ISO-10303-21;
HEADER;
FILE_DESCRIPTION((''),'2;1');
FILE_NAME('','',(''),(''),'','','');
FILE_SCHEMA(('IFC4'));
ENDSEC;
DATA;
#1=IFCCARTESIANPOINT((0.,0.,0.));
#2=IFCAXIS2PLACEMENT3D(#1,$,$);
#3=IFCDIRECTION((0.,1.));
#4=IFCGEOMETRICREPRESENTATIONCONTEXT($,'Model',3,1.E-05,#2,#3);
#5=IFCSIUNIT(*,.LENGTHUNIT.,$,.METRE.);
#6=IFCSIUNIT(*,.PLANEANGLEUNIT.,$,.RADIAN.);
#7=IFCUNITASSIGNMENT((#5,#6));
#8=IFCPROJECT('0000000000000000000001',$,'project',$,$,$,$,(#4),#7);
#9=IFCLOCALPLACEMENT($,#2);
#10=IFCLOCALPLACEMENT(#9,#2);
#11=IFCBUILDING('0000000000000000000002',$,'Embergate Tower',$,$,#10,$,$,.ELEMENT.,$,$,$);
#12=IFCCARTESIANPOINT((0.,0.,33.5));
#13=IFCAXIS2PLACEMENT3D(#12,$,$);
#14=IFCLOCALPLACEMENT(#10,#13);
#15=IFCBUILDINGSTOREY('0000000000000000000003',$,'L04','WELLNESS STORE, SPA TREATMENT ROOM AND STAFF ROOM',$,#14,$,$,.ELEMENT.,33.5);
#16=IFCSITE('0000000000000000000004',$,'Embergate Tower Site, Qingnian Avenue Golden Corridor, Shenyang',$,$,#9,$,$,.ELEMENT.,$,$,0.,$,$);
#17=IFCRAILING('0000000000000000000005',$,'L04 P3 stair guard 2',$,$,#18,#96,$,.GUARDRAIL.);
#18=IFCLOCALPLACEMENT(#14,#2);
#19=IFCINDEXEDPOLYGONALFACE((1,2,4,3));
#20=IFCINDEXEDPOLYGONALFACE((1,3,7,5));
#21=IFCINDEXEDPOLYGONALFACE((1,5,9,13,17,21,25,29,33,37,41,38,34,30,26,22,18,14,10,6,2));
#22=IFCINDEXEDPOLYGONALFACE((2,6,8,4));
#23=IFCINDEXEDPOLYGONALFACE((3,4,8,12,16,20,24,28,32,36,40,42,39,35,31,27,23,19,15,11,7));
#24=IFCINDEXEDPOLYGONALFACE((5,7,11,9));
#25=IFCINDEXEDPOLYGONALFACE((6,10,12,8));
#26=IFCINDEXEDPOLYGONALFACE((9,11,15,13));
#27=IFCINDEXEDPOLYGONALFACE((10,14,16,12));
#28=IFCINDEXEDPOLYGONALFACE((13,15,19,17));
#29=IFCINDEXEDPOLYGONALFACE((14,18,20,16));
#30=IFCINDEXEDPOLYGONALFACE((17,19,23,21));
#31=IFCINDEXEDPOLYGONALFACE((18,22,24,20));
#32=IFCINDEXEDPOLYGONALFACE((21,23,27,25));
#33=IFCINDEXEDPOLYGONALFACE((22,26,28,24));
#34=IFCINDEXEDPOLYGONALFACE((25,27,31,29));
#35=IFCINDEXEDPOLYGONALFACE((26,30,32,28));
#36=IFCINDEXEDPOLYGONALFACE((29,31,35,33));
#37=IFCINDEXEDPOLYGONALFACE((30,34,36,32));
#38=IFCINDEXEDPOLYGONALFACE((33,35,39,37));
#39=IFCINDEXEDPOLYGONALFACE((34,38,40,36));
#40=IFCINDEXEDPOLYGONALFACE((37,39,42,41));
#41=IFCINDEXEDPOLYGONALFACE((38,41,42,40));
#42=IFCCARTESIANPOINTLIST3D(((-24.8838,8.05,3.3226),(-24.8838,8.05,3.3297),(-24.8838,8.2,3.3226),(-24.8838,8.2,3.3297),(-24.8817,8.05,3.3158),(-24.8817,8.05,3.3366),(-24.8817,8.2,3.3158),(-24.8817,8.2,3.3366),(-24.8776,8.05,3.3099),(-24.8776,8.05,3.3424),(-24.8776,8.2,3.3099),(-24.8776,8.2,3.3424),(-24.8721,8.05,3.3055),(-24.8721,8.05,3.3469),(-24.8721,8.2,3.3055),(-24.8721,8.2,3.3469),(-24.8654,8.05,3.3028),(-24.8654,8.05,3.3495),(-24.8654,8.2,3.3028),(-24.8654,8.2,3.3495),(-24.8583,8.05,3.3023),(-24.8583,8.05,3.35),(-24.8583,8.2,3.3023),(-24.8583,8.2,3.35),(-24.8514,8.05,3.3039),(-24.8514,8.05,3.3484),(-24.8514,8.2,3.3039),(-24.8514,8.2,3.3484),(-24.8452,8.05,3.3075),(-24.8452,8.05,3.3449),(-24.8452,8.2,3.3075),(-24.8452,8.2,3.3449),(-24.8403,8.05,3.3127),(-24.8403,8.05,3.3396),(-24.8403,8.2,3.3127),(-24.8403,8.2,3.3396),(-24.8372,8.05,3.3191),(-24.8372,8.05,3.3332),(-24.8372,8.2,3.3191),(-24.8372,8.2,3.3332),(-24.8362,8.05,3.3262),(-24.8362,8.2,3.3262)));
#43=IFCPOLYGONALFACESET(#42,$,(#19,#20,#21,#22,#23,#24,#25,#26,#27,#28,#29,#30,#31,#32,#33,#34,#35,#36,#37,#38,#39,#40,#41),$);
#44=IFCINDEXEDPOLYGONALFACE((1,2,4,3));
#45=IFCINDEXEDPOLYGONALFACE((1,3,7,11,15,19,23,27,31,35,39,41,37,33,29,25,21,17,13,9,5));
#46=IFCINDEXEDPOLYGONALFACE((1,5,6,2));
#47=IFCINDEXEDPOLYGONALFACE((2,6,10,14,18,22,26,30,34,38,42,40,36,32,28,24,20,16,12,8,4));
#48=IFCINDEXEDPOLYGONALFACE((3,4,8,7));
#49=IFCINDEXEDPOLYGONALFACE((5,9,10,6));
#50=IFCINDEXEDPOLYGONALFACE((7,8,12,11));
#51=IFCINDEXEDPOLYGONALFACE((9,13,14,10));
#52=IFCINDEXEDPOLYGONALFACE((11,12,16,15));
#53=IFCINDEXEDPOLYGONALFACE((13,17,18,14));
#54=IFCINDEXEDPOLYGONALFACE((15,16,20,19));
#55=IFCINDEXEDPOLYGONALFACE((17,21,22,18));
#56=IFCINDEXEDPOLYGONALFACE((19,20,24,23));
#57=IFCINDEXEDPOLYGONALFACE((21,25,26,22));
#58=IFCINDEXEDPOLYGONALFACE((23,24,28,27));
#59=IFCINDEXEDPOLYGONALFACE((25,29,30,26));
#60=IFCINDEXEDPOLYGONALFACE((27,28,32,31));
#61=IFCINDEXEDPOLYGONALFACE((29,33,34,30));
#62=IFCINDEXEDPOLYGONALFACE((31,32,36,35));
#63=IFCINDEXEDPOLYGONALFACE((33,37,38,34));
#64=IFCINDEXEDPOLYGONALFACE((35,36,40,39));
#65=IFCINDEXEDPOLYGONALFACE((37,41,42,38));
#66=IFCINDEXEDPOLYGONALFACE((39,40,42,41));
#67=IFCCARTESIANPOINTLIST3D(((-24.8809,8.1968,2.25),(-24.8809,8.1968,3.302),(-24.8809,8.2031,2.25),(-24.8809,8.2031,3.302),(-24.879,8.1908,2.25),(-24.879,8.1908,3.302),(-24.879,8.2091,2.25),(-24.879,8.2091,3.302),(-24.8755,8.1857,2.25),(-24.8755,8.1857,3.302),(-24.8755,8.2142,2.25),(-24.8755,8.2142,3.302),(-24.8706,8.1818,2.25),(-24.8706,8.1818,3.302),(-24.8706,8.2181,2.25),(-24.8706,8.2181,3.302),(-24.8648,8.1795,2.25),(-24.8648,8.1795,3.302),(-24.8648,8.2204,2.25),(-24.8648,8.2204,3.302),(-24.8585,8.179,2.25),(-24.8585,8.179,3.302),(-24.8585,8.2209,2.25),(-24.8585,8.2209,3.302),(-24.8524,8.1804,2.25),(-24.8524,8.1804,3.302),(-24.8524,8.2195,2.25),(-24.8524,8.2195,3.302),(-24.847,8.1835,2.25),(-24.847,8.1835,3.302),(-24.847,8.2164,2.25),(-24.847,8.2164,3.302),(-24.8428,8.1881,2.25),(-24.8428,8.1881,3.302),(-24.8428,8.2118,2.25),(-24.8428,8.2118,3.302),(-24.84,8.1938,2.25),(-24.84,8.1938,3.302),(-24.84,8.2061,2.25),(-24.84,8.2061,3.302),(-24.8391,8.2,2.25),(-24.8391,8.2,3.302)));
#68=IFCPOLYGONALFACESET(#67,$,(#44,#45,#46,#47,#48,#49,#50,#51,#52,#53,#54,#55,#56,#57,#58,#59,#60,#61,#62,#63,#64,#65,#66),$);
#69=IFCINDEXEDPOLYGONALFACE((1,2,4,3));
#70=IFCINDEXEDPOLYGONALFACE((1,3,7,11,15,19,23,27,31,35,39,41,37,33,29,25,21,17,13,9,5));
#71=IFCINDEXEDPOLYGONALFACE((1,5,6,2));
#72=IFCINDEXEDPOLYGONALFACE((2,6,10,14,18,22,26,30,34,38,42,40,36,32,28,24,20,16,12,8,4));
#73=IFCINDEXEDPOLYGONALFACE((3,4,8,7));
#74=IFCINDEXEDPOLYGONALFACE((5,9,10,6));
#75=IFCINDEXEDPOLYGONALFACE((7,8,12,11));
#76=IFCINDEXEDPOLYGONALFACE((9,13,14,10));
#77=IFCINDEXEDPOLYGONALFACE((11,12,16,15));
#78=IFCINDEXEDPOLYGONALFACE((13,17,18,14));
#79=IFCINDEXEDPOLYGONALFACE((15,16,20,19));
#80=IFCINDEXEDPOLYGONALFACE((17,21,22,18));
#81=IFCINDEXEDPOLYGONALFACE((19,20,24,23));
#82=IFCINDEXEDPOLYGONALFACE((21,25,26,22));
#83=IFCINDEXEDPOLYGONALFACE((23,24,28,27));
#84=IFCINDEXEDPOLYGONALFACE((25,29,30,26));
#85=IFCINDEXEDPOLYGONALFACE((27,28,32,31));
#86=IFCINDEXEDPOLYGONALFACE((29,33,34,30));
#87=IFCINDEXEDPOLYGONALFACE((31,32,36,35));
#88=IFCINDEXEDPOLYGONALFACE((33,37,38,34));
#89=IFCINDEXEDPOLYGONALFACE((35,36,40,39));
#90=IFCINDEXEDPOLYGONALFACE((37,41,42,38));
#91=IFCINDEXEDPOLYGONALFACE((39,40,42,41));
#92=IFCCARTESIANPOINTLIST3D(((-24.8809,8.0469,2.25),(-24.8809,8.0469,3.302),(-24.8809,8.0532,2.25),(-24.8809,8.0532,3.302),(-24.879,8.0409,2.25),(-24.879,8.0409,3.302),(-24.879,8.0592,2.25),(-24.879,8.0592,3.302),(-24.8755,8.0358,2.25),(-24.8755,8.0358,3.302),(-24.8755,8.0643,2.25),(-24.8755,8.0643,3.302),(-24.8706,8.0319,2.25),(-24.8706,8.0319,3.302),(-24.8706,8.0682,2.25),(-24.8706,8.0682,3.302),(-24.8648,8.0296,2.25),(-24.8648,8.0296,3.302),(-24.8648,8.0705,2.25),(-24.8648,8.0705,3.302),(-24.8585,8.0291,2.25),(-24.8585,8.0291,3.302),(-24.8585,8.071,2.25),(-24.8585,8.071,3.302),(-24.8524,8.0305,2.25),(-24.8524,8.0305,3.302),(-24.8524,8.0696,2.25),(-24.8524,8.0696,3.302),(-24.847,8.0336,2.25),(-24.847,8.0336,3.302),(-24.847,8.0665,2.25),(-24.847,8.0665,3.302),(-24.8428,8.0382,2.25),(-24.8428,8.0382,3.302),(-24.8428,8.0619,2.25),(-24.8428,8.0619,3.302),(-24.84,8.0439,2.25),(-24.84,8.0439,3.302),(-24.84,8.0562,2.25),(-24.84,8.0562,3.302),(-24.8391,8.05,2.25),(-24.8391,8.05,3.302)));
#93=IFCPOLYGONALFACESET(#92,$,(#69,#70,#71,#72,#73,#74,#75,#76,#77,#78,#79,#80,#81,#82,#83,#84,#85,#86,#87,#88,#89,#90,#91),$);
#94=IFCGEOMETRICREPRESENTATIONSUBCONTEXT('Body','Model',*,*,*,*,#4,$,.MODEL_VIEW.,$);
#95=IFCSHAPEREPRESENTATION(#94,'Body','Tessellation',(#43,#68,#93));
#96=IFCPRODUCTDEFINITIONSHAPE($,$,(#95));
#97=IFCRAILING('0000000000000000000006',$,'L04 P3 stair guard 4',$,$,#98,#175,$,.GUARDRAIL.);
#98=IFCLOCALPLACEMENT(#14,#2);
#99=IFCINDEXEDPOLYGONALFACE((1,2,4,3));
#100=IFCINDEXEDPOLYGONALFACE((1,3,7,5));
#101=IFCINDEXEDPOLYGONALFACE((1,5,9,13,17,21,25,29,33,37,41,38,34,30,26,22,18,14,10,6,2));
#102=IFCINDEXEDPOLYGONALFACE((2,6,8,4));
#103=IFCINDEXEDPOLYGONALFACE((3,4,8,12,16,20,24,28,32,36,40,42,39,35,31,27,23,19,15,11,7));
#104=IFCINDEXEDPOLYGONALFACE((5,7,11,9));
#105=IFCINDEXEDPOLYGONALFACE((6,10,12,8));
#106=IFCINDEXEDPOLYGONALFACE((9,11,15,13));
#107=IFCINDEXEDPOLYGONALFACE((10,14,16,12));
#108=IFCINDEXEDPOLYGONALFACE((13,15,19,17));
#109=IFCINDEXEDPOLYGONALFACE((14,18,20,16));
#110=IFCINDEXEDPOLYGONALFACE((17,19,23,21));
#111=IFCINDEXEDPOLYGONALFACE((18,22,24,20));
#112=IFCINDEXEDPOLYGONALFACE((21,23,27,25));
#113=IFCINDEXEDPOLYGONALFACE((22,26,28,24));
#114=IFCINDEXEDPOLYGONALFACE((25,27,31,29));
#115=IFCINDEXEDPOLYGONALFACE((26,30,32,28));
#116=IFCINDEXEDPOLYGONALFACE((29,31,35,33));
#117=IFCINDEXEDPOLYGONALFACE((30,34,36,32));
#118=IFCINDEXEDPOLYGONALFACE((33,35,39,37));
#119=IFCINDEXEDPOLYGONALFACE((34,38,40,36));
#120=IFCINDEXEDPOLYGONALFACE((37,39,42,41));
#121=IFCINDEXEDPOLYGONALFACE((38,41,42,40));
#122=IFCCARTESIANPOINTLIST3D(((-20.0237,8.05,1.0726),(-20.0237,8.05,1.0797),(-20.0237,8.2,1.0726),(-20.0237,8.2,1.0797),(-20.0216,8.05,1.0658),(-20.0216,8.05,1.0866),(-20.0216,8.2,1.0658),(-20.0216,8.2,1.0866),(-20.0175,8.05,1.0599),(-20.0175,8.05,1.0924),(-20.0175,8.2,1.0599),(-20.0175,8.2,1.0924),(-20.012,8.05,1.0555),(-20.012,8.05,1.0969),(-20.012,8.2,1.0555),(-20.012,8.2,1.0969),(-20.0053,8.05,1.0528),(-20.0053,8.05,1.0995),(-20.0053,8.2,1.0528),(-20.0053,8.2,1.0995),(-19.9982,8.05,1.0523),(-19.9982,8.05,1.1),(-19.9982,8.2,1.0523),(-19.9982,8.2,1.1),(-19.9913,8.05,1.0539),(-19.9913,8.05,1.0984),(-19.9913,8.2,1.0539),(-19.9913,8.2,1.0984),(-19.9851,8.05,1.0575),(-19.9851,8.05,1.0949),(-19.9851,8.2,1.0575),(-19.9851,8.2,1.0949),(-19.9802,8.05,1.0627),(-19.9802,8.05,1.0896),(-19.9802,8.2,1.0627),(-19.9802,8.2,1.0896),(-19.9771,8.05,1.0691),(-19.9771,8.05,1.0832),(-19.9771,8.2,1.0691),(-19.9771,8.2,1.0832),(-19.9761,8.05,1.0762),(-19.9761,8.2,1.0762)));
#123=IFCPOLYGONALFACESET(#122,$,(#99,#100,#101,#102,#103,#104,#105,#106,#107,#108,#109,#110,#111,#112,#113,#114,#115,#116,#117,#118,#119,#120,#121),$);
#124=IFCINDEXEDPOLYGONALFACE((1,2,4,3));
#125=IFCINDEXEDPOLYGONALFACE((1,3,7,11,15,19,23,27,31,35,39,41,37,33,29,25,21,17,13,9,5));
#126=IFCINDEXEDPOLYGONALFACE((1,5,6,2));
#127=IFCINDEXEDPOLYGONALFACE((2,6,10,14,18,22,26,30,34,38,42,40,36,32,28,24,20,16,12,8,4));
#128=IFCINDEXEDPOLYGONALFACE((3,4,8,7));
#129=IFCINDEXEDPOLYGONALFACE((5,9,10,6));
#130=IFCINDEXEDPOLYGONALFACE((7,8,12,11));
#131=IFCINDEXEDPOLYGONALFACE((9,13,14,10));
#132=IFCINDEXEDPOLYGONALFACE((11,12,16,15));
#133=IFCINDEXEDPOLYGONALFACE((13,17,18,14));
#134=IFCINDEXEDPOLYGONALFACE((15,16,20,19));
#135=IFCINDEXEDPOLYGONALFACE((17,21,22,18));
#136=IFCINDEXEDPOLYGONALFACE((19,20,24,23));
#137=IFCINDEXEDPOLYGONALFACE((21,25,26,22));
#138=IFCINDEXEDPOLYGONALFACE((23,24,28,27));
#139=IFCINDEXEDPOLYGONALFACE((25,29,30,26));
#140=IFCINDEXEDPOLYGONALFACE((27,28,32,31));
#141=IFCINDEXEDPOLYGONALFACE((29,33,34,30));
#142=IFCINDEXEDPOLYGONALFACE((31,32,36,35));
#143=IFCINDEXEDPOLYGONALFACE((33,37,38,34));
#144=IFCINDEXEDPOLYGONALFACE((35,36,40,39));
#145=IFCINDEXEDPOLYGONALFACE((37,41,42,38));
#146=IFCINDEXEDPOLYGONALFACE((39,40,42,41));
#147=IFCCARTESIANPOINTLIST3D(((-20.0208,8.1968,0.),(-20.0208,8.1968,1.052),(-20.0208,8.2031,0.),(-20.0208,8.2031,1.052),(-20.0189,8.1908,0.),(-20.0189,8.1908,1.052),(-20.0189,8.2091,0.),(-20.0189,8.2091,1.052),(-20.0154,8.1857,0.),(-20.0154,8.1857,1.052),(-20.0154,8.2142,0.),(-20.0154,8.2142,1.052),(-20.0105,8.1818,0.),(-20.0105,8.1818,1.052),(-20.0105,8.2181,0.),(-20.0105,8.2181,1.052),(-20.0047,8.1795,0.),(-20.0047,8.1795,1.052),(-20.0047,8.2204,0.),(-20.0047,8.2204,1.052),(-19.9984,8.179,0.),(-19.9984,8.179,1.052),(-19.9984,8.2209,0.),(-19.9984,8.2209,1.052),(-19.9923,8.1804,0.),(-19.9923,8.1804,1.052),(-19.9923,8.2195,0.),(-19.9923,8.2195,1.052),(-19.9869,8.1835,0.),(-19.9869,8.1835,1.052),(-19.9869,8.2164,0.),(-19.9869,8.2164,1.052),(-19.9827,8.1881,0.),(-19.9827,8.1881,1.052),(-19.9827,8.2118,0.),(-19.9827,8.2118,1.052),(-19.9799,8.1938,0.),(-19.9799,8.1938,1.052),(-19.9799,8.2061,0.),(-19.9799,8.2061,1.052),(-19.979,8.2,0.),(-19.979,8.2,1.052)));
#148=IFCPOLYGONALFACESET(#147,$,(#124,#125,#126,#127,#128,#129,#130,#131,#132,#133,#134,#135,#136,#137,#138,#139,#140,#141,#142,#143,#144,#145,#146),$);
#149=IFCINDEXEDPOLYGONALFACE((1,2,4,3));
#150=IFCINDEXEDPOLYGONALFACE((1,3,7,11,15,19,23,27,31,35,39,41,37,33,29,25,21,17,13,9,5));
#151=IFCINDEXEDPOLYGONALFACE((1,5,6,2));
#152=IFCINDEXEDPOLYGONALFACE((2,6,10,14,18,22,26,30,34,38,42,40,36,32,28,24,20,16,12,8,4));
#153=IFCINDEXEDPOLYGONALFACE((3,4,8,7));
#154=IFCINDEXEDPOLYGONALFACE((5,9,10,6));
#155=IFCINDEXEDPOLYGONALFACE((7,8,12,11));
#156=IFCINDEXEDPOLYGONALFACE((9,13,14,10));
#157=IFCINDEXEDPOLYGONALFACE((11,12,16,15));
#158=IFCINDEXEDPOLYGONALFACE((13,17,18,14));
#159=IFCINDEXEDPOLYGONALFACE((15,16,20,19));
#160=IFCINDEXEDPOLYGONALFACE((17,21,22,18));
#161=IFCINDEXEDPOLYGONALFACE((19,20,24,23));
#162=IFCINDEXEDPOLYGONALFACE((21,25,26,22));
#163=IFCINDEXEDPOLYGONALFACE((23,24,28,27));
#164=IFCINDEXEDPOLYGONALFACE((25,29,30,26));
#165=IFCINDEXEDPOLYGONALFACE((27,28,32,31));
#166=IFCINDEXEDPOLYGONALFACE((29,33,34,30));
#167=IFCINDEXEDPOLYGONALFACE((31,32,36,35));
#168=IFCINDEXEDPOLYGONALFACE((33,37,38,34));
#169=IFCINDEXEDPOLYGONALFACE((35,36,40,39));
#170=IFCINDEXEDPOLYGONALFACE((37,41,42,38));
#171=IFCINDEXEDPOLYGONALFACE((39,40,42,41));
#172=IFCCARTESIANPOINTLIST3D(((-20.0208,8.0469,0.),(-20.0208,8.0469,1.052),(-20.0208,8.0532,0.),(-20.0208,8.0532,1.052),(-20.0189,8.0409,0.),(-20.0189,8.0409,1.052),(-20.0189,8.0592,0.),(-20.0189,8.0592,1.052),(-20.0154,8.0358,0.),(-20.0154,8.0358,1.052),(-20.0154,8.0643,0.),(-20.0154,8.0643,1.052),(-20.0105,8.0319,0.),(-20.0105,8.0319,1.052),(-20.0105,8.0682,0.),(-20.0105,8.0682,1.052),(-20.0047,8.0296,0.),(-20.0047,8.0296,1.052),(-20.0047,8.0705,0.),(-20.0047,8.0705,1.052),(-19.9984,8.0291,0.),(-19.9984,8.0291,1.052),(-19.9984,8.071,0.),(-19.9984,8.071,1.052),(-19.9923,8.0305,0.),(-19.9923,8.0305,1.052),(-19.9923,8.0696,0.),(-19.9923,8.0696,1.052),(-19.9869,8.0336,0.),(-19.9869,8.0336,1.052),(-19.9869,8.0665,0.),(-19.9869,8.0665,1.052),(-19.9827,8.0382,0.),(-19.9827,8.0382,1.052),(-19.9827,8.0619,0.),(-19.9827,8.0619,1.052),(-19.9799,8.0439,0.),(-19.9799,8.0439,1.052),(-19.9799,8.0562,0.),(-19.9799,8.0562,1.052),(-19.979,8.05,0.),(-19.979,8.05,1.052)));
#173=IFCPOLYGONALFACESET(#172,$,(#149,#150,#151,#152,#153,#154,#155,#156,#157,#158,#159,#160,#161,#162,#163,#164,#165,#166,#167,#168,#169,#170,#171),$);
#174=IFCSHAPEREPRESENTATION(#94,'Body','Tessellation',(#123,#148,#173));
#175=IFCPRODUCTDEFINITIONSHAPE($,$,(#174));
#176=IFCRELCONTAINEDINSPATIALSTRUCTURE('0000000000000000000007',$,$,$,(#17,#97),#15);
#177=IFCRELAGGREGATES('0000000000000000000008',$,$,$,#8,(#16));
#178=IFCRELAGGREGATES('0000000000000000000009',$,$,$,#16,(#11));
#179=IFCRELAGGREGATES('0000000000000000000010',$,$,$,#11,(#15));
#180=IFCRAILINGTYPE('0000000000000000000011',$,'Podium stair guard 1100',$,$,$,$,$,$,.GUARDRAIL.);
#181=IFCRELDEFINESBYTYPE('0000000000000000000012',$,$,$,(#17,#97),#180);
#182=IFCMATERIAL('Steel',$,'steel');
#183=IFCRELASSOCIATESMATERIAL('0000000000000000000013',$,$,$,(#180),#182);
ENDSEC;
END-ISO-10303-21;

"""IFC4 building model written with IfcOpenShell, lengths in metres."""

from ifc_helpers import new_model, si_unit, direction, frame, origin, origin_2d, place, context, subcontext, project, spatial, circle, extrude, source, transform, mapped, material, type_object, element, save


model = new_model("IFC4")

# Units and contexts
model_context = context("Model", 3, precision=1e-05, world=origin(), true_north=direction((0.0, 1.0)))
body_context = subcontext(model_context, "Body", "Model", "MODEL_VIEW")
ifc_project = project(units=[si_unit("LENGTHUNIT", "METRE"), si_unit("PLANEANGLEUNIT", "RADIAN")], contexts=[model_context])

# Site, building, storey
site_placement = place(None, origin())
site = spatial("IfcSite", under=ifc_project, at=site_placement, Name="Embergate Tower Site, Qingnian Avenue Golden Corridor, Shenyang", CompositionType="ELEMENT", RefElevation=0.0)
building_placement = place(site_placement, origin())
building = spatial("IfcBuilding", under=site, at=building_placement, Name="Embergate Tower", CompositionType="ELEMENT")
storey_placement = place(building_placement, frame((0.0, 0.0, 33.5)))
storey = spatial("IfcBuildingStorey", under=building, at=storey_placement, Name="L04", Description="WELLNESS STORE, SPA TREATMENT ROOM AND STAFF ROOM", CompositionType="ELEMENT", Elevation=33.5)

# Railings
ifc_material_1 = material(Name="Steel", Category="steel")
railing_type_1 = type_object("IfcRailingType", Name="Podium stair guard 1100", PredefinedType="GUARDRAIL", material=ifc_material_1)
shared_shape_1 = source(origin(), body_context, "Body", "SweptSolid", [
    extrude(circle(Radius=0.0239, at=origin_2d()), frame((0.0, 0.0, 1.0762), z_axis=(0.0, -1.0, 0.0), x_axis=(1.0, 0.0, 0.0)), (0.0, 0.0, 1.0), 0.1499),
    extrude(circle(Radius=0.021, at=origin_2d()), origin(), (0.0, 0.0, 1.0), 1.052),
    extrude(circle(Radius=0.021, at=origin_2d()), frame((0.0, -0.1499, 0.0)), (0.0, 0.0, 1.0), 1.052),
])
for number, where, name in (
    (1, (-24.8601, 8.2, 2.25), "L04 P3 stair guard 2"),
    (2, (-20.0, 8.2, 0.0), "L04 P3 stair guard 4"),
):
    element("IfcRailing", number, at=place(storey_placement, frame(where)), inside=storey, type_object=railing_type_1, Name=name, PredefinedType="GUARDRAIL", context=body_context, shape_type="MappedRepresentation", body=[
        mapped(shared_shape_1, transform((0.0, 0.0, 0.0))),
    ])

save(model, "model.ifc")
